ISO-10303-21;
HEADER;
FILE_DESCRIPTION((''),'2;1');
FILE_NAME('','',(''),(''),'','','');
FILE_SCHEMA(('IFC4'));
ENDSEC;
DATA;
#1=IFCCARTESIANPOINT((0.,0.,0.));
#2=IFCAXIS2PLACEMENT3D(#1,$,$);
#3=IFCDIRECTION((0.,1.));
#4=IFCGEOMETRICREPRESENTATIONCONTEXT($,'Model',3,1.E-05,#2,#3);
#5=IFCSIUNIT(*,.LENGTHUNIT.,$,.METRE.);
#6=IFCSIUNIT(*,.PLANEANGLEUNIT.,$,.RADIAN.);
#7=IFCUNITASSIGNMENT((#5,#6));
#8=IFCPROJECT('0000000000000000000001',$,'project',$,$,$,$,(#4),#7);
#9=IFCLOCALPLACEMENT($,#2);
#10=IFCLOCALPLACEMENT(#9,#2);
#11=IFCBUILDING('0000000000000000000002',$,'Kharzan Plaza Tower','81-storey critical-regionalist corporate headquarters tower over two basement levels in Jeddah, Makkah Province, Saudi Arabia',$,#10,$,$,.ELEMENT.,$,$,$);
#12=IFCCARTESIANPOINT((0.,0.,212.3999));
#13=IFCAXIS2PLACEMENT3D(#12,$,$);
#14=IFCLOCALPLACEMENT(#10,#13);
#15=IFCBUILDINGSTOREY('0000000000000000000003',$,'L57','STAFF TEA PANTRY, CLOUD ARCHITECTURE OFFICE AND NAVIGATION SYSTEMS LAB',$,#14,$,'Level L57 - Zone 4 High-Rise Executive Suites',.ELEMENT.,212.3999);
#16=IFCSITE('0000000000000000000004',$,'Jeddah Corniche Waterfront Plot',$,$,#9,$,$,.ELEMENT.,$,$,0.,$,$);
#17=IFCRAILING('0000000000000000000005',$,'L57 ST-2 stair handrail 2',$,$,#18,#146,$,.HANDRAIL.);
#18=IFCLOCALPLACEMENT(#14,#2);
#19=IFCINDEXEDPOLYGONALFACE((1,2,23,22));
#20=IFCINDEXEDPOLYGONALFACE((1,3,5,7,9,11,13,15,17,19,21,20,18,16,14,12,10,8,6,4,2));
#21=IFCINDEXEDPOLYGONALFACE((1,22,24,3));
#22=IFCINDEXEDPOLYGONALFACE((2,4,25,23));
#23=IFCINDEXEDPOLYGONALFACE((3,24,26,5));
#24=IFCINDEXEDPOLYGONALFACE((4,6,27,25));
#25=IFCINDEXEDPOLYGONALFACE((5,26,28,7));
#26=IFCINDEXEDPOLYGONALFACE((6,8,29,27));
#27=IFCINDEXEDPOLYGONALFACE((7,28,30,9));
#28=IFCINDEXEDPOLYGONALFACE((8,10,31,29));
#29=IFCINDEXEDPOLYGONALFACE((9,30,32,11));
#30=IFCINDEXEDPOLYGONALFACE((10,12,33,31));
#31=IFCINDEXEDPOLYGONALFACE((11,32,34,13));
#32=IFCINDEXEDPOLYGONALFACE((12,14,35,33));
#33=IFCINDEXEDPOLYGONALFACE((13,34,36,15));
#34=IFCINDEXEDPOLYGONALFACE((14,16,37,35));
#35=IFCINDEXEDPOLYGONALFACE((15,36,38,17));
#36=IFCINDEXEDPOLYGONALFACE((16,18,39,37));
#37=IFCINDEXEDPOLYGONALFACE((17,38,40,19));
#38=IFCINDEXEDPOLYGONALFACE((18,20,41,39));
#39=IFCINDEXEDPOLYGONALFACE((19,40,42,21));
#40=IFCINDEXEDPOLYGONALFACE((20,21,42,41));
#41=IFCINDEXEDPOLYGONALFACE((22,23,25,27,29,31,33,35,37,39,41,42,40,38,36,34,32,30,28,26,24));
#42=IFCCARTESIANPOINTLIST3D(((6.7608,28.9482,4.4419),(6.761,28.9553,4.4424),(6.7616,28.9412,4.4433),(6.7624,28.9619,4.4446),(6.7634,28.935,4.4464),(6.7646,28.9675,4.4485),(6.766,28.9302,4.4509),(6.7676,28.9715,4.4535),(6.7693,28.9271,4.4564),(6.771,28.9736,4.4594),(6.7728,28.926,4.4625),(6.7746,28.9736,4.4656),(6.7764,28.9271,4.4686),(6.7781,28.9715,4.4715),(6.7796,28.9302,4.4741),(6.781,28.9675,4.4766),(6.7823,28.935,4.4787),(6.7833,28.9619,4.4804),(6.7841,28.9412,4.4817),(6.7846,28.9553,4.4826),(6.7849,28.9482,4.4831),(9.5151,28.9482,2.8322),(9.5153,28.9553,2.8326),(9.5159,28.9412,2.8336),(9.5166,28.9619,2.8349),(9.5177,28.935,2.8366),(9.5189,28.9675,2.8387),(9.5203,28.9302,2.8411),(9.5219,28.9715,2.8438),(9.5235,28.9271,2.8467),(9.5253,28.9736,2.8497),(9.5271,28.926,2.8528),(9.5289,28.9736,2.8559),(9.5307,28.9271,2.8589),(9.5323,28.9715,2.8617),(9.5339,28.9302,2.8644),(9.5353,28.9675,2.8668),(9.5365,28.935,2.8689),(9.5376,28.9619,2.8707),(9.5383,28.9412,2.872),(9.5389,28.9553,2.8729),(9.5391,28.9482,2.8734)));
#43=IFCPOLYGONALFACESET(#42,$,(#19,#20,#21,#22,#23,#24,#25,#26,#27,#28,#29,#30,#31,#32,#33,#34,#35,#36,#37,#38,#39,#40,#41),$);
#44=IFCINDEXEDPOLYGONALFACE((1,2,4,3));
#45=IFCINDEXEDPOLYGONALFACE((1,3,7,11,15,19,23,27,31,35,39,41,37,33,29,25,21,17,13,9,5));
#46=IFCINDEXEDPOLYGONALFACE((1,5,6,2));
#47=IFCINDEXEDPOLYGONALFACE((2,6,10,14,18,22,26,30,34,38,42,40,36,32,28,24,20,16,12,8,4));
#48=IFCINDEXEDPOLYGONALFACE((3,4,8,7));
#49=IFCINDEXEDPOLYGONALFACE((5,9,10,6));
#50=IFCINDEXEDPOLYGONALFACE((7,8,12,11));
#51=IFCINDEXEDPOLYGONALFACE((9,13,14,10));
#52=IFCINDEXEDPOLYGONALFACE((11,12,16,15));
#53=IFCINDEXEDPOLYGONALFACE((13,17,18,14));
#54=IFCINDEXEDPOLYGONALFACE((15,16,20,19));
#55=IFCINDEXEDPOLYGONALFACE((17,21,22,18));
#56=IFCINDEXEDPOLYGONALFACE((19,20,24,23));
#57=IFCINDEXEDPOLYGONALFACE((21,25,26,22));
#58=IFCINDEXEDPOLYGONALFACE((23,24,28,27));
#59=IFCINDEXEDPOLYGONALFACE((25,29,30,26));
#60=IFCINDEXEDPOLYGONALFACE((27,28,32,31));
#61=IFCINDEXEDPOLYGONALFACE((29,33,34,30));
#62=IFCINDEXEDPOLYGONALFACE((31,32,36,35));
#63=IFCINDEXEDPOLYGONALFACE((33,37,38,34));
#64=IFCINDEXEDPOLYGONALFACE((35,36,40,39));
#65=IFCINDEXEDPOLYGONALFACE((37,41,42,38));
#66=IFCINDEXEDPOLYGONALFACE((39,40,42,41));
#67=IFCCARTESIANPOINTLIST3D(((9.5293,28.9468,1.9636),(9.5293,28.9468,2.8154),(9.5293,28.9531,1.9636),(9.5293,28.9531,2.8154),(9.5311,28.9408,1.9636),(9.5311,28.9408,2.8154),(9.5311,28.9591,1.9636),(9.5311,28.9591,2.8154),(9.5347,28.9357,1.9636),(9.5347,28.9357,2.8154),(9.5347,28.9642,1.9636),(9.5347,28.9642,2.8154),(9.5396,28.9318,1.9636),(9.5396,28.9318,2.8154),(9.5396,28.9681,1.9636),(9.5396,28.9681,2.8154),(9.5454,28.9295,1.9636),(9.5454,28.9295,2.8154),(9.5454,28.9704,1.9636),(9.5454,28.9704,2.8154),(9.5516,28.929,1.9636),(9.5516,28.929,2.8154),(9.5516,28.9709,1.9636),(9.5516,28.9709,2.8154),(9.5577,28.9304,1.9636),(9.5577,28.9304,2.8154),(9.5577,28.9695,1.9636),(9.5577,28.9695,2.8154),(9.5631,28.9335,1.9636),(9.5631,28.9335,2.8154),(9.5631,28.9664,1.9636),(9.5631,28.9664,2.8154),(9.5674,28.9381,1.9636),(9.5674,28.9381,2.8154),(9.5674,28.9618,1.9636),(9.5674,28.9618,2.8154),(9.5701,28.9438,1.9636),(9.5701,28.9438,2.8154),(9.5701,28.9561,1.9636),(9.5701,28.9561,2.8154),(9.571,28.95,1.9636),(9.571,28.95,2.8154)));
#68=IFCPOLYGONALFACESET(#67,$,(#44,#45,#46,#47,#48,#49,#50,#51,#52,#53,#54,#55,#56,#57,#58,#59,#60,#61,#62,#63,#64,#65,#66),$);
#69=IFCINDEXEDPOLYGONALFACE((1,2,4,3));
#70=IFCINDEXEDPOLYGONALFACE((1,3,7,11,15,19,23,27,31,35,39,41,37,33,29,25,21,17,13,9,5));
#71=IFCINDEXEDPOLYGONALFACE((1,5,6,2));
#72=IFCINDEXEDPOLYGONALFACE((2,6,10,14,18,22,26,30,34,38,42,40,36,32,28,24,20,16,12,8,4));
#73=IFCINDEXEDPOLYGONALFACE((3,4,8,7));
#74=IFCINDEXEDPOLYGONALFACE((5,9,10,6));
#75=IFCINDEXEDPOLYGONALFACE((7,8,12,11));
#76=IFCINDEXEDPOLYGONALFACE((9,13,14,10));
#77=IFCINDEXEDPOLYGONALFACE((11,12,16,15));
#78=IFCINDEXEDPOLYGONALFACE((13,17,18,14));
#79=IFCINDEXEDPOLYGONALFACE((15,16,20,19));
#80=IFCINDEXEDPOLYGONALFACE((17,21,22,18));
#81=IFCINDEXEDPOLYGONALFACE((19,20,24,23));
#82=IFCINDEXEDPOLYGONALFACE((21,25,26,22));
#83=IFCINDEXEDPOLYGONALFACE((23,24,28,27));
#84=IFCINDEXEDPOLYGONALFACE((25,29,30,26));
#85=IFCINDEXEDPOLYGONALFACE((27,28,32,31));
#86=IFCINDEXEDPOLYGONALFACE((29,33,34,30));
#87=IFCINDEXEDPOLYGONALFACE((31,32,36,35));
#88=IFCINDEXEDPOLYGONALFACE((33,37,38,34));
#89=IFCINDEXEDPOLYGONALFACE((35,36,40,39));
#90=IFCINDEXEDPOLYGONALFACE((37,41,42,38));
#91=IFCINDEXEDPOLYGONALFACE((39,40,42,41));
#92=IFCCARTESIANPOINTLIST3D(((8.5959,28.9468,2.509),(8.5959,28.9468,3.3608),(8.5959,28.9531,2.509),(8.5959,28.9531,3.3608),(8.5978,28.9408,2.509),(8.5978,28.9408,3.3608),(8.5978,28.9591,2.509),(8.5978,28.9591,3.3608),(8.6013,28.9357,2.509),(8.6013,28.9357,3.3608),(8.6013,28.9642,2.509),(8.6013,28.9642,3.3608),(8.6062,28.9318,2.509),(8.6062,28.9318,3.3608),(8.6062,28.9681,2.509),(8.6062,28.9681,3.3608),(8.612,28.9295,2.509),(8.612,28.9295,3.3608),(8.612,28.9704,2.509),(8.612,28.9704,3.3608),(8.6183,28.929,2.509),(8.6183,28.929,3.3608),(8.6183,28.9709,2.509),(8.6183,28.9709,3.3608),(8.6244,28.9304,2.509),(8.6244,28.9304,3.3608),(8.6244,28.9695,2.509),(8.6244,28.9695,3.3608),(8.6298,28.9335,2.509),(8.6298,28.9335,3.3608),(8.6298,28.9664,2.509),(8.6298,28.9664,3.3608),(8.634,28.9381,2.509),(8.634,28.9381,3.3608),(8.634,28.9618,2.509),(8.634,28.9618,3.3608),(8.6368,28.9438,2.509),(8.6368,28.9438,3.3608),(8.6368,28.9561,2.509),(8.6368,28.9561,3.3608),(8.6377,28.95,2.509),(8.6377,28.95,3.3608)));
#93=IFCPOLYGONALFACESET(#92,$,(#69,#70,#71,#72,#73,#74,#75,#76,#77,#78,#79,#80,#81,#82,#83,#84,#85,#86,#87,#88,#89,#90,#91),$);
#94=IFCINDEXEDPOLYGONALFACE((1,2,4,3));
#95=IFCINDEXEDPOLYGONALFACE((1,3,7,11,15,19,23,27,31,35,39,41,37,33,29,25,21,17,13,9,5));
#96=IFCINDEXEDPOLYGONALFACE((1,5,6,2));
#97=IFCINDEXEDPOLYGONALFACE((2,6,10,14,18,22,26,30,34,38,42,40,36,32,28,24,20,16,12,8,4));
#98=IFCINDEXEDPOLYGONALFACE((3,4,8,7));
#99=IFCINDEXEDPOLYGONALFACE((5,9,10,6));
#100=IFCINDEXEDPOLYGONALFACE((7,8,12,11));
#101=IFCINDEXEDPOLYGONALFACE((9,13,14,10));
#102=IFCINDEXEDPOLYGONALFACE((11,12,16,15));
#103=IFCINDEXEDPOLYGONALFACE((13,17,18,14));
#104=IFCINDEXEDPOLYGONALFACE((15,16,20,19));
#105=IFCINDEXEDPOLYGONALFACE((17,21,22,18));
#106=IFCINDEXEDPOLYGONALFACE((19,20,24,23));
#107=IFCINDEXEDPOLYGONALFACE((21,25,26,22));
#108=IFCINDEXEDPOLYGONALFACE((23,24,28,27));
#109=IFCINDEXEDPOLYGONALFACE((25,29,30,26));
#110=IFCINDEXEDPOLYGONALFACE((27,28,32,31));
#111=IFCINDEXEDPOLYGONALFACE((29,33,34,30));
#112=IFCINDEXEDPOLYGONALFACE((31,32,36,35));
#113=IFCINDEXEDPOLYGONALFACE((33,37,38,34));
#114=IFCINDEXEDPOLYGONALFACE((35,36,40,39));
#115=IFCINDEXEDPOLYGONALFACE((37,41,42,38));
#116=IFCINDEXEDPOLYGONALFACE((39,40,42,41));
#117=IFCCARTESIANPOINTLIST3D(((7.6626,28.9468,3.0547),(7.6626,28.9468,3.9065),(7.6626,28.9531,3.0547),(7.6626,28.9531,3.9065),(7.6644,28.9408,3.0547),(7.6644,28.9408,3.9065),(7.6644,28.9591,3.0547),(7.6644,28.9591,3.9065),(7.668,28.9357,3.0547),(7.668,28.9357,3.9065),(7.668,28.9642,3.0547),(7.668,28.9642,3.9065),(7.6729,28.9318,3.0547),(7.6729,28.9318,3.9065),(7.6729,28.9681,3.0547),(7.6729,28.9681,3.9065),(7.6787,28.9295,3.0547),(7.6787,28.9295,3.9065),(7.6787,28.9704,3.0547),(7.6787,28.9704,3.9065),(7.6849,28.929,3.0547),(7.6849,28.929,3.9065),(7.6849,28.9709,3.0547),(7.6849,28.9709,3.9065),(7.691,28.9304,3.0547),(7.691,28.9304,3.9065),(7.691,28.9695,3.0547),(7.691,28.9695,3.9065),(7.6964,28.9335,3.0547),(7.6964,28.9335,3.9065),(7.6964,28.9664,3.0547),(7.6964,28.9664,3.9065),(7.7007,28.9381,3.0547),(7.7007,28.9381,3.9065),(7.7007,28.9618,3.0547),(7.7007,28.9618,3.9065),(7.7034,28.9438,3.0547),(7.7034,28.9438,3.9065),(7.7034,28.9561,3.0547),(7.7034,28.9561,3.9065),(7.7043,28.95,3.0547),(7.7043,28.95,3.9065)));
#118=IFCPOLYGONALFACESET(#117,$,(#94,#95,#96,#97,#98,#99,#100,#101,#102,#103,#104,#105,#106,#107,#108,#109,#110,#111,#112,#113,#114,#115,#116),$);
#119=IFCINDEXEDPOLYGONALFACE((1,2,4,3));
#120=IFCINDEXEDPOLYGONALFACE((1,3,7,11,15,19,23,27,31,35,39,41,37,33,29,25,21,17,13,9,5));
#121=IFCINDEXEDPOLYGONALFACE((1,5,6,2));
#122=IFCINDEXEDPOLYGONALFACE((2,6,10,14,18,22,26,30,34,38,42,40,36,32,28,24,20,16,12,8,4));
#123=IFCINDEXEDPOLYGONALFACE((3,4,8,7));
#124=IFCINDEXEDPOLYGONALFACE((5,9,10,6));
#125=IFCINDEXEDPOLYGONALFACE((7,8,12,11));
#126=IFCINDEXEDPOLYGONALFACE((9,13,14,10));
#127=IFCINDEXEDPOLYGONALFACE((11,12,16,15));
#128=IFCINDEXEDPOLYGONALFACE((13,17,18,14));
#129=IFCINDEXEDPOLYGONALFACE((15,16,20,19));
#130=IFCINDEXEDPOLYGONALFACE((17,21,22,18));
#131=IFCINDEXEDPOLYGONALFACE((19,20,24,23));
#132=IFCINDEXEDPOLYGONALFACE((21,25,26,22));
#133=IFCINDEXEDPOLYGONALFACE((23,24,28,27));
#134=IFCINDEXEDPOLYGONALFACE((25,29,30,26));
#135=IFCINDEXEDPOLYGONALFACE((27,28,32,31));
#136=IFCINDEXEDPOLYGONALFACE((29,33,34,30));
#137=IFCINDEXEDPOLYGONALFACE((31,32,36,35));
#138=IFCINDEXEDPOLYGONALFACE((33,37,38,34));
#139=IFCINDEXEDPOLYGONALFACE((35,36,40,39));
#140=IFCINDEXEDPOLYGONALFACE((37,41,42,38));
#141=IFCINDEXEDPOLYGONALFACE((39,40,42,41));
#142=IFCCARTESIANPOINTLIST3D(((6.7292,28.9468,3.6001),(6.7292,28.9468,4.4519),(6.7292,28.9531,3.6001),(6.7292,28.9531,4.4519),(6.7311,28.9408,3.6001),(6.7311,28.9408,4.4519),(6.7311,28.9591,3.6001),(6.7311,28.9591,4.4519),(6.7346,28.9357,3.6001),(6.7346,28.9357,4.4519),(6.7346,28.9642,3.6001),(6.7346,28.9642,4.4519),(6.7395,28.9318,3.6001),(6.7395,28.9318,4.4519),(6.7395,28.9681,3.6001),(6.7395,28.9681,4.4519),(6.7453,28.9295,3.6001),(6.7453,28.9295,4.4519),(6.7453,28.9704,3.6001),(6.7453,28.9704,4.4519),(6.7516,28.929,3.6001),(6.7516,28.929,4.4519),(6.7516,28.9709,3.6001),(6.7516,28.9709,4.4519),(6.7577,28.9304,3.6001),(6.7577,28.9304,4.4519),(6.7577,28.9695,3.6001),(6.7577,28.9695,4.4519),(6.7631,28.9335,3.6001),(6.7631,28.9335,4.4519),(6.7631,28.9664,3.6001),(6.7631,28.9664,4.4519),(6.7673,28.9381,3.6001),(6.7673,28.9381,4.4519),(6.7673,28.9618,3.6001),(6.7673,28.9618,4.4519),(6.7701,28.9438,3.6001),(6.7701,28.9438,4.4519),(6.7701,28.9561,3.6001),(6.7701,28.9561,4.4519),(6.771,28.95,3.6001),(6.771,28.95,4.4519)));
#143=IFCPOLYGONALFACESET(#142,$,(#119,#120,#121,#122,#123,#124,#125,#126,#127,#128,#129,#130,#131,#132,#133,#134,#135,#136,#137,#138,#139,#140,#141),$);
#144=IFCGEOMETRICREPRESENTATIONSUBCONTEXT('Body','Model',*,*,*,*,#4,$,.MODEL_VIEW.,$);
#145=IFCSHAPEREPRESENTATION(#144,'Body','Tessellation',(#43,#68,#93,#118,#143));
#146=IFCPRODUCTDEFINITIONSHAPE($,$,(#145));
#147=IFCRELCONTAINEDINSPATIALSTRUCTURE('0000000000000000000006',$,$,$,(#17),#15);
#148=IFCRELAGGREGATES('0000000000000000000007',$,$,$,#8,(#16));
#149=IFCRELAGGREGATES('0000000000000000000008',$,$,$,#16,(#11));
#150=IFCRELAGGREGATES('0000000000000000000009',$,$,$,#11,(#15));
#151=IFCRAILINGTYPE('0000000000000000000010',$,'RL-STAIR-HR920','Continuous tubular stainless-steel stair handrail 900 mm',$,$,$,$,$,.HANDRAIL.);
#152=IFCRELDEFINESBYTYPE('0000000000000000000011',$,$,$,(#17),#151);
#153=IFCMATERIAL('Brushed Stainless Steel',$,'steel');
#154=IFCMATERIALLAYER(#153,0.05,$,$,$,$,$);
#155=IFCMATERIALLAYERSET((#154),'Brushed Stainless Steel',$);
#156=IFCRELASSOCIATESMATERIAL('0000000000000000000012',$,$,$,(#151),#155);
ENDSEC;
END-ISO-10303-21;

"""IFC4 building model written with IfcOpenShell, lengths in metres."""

from ifc_helpers import new_model, si_unit, direction, frame, origin, origin_2d, place, context, subcontext, project, spatial, circle, extrude, source, transform, mapped, material, layer, layer_set, type_object, element, save


model = new_model("IFC4")

# Units and contexts
model_context = context("Model", 3, precision=1e-05, world=origin(), true_north=direction((0.0, 1.0)))
body_context = subcontext(model_context, "Body", "Model", "MODEL_VIEW")
ifc_project = project(units=[si_unit("LENGTHUNIT", "METRE"), si_unit("PLANEANGLEUNIT", "RADIAN")], contexts=[model_context])

# Site, building, storey
site_placement = place(None, origin())
site = spatial("IfcSite", under=ifc_project, at=site_placement, Name="Jeddah Corniche Waterfront Plot", CompositionType="ELEMENT", RefElevation=0.0)
building_placement = place(site_placement, origin())
building = spatial("IfcBuilding", under=site, at=building_placement, Name="Kharzan Plaza Tower", Description="81-storey critical-regionalist corporate headquarters tower over two basement levels in Jeddah, Makkah Province, Saudi Arabia", CompositionType="ELEMENT")
storey_placement = place(building_placement, frame((0.0, 0.0, 212.3999)))
storey = spatial("IfcBuildingStorey", under=building, at=storey_placement, Name="L57", Description="STAFF TEA PANTRY, CLOUD ARCHITECTURE OFFICE AND NAVIGATION SYSTEMS LAB", LongName="Level L57 - Zone 4 High-Rise Executive Suites", CompositionType="ELEMENT", Elevation=212.3999)

# Railing
ifc_material_1 = material(Name="Brushed Stainless Steel", Category="steel")
ifc_layer_1 = layer(ifc_material_1, 0.05)
ifc_layer_set_1 = layer_set([ifc_layer_1], Name="Brushed Stainless Steel")
railing_type_1 = type_object("IfcRailingType", Name="RL-STAIR-HR920", Description="Continuous tubular stainless-steel stair handrail 900 mm", PredefinedType="HANDRAIL", material=ifc_layer_set_1)
shared_shape_1 = source(origin(), body_context, "Body", "SweptSolid", [
    extrude(circle(Radius=0.0239, at=origin_2d()), frame((-0.0229, 0.0, 0.8892), z_axis=(-0.863361, 0.0, 0.504587), x_axis=(0.0, -1.0, 0.0)), (0.0, 0.0, 1.0), 3.1902),
    extrude(circle(Radius=0.021, at=origin_2d()), origin(), (0.0, 0.0, 1.0), 0.8518),
    extrude(circle(Radius=0.021, at=origin_2d()), frame((-0.9333, 0.0, 0.5454)), (0.0, 0.0, 1.0), 0.8518),
    extrude(circle(Radius=0.021, at=origin_2d()), frame((-1.8667, 0.0, 1.0911)), (0.0, 0.0, 1.0), 0.8518),
    extrude(circle(Radius=0.021, at=origin_2d()), frame((-2.8, 0.0, 1.6365)), (0.0, 0.0, 1.0), 0.8518),
])
railing_1_placement = place(storey_placement, frame((9.55, 28.95, 1.9636)))
element("IfcRailing", 1, at=railing_1_placement, inside=storey, type_object=railing_type_1, Name="L57 ST-2 stair handrail 2", PredefinedType="HANDRAIL", context=body_context, shape_type="MappedRepresentation", body=[
    mapped(shared_shape_1, transform((0.0, 0.0, 0.0), x_axis=(1.0, 0.0, 0.0), y_axis=(0.0, 1.0, 0.0), z_axis=(0.0, 0.0, 1.0))),
])

save(model, "model.ifc")
